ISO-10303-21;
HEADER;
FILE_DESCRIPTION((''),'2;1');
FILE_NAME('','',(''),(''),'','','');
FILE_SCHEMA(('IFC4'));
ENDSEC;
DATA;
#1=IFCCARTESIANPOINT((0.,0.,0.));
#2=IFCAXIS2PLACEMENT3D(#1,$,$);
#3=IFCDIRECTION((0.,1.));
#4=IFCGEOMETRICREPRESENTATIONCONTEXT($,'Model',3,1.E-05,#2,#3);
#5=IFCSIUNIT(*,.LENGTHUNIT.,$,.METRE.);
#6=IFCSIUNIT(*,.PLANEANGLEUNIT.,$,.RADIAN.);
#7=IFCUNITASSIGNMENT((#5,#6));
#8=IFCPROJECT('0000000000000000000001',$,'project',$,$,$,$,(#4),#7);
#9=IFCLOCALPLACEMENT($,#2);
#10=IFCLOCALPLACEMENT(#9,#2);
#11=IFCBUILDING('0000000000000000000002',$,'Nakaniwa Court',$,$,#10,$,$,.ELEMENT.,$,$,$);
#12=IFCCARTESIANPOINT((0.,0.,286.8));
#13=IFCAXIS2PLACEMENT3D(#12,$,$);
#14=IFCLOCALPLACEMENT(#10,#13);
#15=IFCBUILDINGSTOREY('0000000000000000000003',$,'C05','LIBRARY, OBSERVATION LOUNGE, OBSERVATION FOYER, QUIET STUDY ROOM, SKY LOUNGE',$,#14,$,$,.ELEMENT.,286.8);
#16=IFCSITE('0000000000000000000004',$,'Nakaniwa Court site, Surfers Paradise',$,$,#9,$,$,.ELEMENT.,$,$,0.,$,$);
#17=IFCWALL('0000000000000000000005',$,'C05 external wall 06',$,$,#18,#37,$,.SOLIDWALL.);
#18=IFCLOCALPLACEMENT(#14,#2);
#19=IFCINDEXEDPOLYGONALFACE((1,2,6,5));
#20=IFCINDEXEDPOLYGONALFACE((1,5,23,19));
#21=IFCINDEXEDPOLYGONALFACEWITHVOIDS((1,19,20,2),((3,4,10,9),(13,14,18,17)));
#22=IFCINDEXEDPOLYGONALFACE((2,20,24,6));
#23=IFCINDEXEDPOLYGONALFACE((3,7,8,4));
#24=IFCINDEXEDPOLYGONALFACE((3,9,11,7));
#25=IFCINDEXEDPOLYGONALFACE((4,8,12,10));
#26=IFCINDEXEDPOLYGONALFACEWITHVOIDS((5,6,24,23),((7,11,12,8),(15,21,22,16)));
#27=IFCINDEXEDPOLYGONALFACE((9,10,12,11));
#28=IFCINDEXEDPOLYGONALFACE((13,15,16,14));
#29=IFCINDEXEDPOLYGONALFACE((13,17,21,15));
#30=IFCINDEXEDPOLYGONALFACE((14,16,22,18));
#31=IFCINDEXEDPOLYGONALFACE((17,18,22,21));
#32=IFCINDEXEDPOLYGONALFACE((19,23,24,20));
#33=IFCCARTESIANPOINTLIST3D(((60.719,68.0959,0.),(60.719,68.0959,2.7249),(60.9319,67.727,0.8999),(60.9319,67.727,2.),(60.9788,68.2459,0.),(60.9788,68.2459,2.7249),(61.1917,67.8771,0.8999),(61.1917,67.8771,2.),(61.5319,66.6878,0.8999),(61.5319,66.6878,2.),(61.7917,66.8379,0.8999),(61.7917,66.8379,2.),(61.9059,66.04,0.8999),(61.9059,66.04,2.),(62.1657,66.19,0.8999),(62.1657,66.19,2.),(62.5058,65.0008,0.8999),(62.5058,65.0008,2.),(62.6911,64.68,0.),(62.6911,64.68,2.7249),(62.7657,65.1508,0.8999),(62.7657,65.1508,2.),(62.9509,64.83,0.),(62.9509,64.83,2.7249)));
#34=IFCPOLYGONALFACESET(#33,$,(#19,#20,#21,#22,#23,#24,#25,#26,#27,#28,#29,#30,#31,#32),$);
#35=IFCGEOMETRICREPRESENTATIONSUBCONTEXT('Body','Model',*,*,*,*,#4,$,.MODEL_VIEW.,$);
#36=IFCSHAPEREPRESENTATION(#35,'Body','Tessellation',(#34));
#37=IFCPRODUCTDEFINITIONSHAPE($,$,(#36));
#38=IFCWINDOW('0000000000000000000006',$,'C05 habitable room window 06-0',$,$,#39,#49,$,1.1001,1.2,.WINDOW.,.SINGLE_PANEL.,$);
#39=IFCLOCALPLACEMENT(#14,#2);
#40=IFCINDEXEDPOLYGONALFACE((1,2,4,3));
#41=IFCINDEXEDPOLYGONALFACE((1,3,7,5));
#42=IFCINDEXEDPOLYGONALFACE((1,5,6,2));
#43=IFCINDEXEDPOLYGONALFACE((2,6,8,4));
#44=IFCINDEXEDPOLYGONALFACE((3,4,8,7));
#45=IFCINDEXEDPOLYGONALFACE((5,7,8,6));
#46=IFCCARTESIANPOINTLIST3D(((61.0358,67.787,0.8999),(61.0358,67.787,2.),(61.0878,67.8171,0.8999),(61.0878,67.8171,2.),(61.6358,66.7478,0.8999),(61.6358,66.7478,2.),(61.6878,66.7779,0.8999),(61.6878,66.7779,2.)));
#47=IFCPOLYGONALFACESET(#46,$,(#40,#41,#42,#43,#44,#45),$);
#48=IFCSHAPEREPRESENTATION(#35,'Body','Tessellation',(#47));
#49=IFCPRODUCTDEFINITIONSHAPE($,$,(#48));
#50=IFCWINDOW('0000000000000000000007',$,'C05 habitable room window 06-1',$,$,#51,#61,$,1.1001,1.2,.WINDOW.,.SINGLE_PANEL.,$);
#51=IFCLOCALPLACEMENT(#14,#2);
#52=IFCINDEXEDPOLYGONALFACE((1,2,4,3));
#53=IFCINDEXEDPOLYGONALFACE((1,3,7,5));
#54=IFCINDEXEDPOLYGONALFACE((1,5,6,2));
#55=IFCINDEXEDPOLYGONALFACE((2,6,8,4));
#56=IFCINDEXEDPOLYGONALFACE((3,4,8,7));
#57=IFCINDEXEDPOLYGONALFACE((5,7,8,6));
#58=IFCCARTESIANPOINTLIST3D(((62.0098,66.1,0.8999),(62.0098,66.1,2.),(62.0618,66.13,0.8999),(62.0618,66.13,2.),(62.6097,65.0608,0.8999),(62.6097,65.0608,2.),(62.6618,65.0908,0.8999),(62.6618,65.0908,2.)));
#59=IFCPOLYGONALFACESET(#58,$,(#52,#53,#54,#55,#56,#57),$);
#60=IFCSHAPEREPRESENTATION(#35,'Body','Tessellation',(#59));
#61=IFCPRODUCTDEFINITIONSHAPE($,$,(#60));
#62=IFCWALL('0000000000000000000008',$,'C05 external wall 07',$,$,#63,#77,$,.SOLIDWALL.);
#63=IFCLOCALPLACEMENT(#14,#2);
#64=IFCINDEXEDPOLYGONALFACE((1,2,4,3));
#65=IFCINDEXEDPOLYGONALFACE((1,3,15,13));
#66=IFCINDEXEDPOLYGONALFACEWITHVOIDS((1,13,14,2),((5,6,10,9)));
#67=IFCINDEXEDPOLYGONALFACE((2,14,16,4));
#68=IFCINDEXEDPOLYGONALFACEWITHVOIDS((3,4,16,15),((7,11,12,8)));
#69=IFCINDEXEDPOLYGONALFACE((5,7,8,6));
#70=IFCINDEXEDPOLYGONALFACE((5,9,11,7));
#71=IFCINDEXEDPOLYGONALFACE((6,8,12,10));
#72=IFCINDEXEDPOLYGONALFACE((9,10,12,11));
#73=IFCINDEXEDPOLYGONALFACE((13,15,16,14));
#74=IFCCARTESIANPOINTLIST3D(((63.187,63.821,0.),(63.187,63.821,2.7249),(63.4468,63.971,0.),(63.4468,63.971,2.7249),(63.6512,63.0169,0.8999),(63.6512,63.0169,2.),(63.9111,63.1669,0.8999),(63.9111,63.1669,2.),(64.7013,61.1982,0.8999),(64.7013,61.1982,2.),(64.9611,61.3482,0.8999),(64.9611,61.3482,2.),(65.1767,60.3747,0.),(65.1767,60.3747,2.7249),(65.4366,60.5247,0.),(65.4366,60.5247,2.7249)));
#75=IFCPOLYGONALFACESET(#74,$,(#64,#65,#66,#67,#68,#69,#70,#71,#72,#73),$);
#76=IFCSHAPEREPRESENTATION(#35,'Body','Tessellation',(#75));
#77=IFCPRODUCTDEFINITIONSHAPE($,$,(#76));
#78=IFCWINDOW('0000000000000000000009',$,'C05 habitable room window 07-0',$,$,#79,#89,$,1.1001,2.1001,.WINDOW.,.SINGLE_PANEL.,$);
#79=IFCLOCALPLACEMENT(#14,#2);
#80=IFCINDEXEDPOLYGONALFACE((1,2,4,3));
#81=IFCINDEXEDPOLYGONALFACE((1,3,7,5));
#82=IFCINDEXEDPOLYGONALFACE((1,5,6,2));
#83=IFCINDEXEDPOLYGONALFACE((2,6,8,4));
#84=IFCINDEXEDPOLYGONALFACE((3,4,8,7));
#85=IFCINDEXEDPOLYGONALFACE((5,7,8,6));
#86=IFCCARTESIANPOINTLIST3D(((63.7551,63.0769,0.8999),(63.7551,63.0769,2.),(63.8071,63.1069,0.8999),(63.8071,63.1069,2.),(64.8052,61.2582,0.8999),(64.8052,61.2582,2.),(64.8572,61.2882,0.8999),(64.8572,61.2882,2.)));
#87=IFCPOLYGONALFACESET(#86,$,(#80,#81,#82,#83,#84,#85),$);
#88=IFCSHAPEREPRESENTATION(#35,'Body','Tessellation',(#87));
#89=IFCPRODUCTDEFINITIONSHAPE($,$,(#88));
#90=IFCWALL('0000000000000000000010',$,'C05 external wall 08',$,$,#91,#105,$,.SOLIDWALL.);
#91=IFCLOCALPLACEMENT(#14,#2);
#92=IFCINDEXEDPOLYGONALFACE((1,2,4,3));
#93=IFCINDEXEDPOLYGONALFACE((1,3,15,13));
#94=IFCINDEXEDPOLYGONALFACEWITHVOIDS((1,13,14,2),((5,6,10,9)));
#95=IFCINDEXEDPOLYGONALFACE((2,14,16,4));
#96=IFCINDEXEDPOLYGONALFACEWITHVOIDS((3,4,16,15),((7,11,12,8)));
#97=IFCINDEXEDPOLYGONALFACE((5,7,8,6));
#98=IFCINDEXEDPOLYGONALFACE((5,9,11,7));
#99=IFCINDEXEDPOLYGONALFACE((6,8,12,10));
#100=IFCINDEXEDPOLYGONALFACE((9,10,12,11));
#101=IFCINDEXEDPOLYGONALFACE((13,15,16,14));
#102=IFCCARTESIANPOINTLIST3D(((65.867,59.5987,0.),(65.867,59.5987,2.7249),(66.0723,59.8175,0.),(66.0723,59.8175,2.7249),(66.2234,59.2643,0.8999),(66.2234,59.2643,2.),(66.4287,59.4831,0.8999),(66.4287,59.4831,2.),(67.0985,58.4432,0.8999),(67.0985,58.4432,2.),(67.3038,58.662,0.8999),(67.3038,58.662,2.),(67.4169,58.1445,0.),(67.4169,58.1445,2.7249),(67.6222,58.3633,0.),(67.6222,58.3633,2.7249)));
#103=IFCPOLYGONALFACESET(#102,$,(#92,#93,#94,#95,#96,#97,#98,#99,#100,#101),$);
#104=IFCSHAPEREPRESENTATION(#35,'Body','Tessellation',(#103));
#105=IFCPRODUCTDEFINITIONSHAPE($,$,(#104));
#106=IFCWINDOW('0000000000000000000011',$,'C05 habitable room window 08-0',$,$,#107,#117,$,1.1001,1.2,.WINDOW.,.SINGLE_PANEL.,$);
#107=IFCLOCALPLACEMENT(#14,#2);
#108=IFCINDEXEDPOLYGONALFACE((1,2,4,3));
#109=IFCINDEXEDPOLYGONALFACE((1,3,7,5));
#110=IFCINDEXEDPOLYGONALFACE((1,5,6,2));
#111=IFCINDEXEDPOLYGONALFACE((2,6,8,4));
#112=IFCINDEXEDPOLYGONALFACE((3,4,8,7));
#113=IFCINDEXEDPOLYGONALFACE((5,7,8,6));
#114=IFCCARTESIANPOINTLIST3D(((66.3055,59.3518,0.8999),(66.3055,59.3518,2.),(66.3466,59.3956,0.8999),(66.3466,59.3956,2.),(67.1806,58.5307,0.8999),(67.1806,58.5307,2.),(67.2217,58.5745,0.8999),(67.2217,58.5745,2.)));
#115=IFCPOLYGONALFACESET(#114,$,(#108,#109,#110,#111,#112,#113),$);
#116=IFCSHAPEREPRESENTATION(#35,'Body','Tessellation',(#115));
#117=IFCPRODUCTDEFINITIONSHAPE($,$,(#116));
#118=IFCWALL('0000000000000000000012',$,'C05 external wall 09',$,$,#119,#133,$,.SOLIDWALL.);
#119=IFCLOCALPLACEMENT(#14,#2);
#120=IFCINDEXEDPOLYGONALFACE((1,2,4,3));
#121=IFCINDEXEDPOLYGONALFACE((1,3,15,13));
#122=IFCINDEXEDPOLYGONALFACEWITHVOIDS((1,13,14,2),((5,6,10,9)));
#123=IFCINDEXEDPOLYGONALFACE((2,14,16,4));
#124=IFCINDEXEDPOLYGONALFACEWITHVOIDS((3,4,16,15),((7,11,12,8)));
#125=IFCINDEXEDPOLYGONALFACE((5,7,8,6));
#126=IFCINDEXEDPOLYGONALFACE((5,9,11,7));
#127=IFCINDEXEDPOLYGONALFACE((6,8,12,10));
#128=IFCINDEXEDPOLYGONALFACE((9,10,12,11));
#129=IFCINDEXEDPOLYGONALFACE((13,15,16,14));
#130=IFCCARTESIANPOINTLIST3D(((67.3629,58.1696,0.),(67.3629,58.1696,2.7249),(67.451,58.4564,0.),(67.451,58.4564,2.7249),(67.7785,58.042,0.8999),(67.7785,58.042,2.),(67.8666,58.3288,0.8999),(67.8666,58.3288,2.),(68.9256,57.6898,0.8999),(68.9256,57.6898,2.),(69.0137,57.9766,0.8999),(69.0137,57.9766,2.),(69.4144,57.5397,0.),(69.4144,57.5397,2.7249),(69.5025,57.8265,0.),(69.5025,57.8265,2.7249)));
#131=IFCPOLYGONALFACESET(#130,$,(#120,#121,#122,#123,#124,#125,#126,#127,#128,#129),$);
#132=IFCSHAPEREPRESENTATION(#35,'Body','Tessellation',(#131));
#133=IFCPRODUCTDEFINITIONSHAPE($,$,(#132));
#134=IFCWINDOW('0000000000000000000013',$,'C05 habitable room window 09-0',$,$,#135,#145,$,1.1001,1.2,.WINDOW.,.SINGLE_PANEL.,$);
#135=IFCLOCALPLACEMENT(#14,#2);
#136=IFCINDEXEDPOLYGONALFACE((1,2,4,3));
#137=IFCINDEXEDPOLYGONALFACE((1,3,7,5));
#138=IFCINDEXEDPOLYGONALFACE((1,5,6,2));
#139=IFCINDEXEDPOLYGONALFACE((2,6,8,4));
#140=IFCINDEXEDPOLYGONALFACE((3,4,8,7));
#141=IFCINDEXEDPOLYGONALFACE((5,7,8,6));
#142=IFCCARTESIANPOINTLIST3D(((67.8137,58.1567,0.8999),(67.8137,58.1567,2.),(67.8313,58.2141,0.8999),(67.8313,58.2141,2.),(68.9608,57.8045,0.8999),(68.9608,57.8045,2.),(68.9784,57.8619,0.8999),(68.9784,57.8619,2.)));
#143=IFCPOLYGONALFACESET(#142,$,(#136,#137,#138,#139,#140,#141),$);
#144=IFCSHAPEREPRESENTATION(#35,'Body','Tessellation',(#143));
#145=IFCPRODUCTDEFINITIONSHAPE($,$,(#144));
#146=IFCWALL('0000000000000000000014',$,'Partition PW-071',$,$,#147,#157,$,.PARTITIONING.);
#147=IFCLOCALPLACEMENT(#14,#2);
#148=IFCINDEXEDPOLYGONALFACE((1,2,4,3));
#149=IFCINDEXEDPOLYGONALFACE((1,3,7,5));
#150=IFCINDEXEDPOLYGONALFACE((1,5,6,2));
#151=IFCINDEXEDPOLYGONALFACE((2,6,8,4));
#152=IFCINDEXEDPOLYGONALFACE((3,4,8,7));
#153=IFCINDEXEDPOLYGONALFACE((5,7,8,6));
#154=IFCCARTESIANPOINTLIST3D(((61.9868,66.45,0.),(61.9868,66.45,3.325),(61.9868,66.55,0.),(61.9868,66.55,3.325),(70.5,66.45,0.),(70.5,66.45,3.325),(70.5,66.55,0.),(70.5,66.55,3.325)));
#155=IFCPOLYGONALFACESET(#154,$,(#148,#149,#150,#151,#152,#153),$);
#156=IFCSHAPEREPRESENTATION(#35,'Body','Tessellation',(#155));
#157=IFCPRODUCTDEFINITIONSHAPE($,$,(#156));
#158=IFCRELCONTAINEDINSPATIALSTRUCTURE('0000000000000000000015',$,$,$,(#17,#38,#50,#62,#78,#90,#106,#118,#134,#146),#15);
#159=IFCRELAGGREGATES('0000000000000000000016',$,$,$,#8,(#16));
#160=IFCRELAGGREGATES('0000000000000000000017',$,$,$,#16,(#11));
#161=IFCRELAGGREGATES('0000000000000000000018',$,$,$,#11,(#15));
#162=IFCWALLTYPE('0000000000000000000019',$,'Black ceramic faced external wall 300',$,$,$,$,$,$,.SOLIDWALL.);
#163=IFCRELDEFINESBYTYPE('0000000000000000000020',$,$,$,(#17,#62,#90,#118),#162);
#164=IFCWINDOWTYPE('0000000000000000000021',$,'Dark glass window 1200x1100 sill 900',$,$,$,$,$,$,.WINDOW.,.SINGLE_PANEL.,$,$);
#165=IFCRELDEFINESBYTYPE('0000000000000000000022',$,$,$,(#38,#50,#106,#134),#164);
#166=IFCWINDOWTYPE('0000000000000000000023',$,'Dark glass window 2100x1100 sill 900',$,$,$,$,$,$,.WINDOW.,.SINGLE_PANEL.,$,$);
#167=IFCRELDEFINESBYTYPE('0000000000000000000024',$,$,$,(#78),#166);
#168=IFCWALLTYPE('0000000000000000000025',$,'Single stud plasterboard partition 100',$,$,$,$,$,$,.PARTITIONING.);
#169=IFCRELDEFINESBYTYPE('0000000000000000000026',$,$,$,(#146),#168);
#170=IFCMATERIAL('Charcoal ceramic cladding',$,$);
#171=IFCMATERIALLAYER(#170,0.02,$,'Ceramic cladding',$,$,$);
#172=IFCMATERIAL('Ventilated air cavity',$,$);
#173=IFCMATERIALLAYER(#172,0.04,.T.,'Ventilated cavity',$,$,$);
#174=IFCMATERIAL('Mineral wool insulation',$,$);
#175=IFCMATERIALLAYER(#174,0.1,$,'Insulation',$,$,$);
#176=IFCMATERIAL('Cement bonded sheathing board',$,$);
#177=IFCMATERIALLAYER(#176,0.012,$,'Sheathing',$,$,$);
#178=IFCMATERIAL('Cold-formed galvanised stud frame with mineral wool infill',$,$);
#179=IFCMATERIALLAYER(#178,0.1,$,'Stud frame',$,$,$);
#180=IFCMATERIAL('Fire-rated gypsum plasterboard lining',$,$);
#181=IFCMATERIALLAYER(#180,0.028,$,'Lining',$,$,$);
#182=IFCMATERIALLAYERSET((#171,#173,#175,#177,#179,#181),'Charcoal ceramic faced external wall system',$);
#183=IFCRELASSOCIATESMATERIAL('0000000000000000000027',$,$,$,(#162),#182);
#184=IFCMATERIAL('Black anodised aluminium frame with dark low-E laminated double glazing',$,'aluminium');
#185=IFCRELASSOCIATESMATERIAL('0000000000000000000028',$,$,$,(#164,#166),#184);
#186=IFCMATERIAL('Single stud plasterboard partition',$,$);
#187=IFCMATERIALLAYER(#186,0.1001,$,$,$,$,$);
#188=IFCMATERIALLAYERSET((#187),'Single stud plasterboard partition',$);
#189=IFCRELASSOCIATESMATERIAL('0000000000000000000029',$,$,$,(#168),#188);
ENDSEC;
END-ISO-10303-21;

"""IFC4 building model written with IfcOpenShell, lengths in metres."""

from ifc_helpers import new_model, si_unit, direction, frame, frame_2d, origin, place, context, subcontext, project, spatial, rectangle, extrude, material, layer, layer_set, type_object, element, fill, save


model = new_model("IFC4")

# Units and contexts
model_context = context("Model", 3, precision=1e-05, world=origin(), true_north=direction((0.0, 1.0)))
body_context = subcontext(model_context, "Body", "Model", "MODEL_VIEW")
ifc_project = project(units=[si_unit("LENGTHUNIT", "METRE"), si_unit("PLANEANGLEUNIT", "RADIAN")], contexts=[model_context])

# Site, building, storey
site_placement = place(None, origin())
site = spatial("IfcSite", under=ifc_project, at=site_placement, Name="Nakaniwa Court site, Surfers Paradise", CompositionType="ELEMENT", RefElevation=0.0)
building_placement = place(site_placement, origin())
building = spatial("IfcBuilding", under=site, at=building_placement, Name="Nakaniwa Court", CompositionType="ELEMENT")
storey_placement = place(building_placement, frame((0.0, 0.0, 286.8)))
storey = spatial("IfcBuildingStorey", under=building, at=storey_placement, Name="C05", Description="LIBRARY, OBSERVATION LOUNGE, OBSERVATION FOYER, QUIET STUDY ROOM, SKY LOUNGE", CompositionType="ELEMENT", Elevation=286.8)

# Wall, openings, windows
ifc_material_1 = material(Name="Charcoal ceramic cladding")
ifc_layer_1 = layer(ifc_material_1, 0.02, Name="Ceramic cladding")
ifc_material_2 = material(Name="Ventilated air cavity")
ifc_layer_2 = layer(ifc_material_2, 0.04, ventilated=True, Name="Ventilated cavity")
ifc_material_3 = material(Name="Mineral wool insulation")
ifc_layer_3 = layer(ifc_material_3, 0.1, Name="Insulation")
ifc_material_4 = material(Name="Cement bonded sheathing board")
ifc_layer_4 = layer(ifc_material_4, 0.012, Name="Sheathing")
ifc_material_5 = material(Name="Cold-formed galvanised stud frame with mineral wool infill")
ifc_layer_5 = layer(ifc_material_5, 0.1, Name="Stud frame")
ifc_material_6 = material(Name="Fire-rated gypsum plasterboard lining")
ifc_layer_6 = layer(ifc_material_6, 0.028, Name="Lining")
ifc_layer_set_1 = layer_set([ifc_layer_1, ifc_layer_2, ifc_layer_3, ifc_layer_4, ifc_layer_5, ifc_layer_6], Name="Charcoal ceramic faced external wall system")
wall_type_1 = type_object("IfcWallType", Name="Black ceramic faced external wall 300", PredefinedType="SOLIDWALL", material=ifc_layer_set_1)
wall_1_placement = place(storey_placement, frame((60.8489, 68.1709, 0.0), z_axis=(0.0, 0.0, 1.0), x_axis=(0.499987, -0.866033, 0.0)))
wall_1 = element("IfcWall", 1, at=wall_1_placement, inside=storey, type_object=wall_type_1, Name="C05 external wall 06", PredefinedType="SOLIDWALL", context=body_context, shape_type="SweptSolid", body=[
    extrude(rectangle(XDim=3.9443, YDim=0.3, at=frame_2d((1.9722, 0.0))), origin(), (0.0, 0.0, 1.0), 2.7249),
])
opening_1_placement = place(wall_1_placement, frame((0.4258, 0.0, 0.8999)))
opening_1 = element("IfcOpeningElement", 2, at=opening_1_placement, cuts=wall_1, PredefinedType="OPENING", context=body_context, shape_type="SweptSolid", body=[
    extrude(rectangle(XDim=1.2, YDim=1.1001, at=frame_2d((0.6001, 0.55))), frame((0.0, 0.1599, 0.0), z_axis=(0.0, -1.0, 0.0), x_axis=(1.0, 0.0, 0.0)), (0.0, 0.0, 1.0), 0.3201),
])
opening_2_placement = place(wall_1_placement, frame((2.3738, 0.0, 0.8999)))
opening_2 = element("IfcOpeningElement", 3, at=opening_2_placement, cuts=wall_1, PredefinedType="OPENING", context=body_context, shape_type="SweptSolid", body=[
    extrude(rectangle(XDim=1.2, YDim=1.1001, at=frame_2d((0.6001, 0.55))), frame((0.0, 0.1599, 0.0), z_axis=(0.0, -1.0, 0.0), x_axis=(1.0, 0.0, 0.0)), (0.0, 0.0, 1.0), 0.3201),
])
ifc_material_7 = material(Name="Black anodised aluminium frame with dark low-E laminated double glazing", Category="aluminium")
window_type_1 = type_object("IfcWindowType", Name="Dark glass window 1200x1100 sill 900", PartitioningType="SINGLE_PANEL", PredefinedType="WINDOW", material=ifc_material_7)
window_1_placement = place(opening_1_placement, origin())
window_1 = element("IfcWindow", 4, at=window_1_placement, inside=storey, type_object=window_type_1, Name="C05 habitable room window 06-0", OverallHeight=1.1001, OverallWidth=1.2, PartitioningType="SINGLE_PANEL", PredefinedType="WINDOW", context=body_context, shape_type="SweptSolid", body=[
    extrude(rectangle(XDim=1.2, YDim=1.1001, at=frame_2d((0.6001, 0.55))), frame((0.0, 0.03, 0.0), z_axis=(0.0, -1.0, 0.0), x_axis=(1.0, 0.0, 0.0)), (0.0, 0.0, 1.0), 0.0601),
])
fill(opening_1, window_1)
window_2_placement = place(opening_2_placement, origin())
window_2 = element("IfcWindow", 5, at=window_2_placement, inside=storey, type_object=window_type_1, Name="C05 habitable room window 06-1", OverallHeight=1.1001, OverallWidth=1.2, PartitioningType="SINGLE_PANEL", PredefinedType="WINDOW", context=body_context, shape_type="SweptSolid", body=[
    extrude(rectangle(XDim=1.2, YDim=1.1001, at=frame_2d((0.6001, 0.55))), frame((0.0, 0.03, 0.0), z_axis=(0.0, -1.0, 0.0), x_axis=(1.0, 0.0, 0.0)), (0.0, 0.0, 1.0), 0.0601),
])
fill(opening_2, window_2)

# Walls, openings, windows
wall_2_placement = place(storey_placement, frame((63.3169, 63.896, 0.0), z_axis=(0.0, 0.0, 1.0), x_axis=(0.500006, -0.866022, 0.0)))
wall_2 = element("IfcWall", 6, at=wall_2_placement, inside=storey, type_object=wall_type_1, Name="C05 external wall 07", PredefinedType="SOLIDWALL", context=body_context, shape_type="SweptSolid", body=[
    extrude(rectangle(XDim=3.9795, YDim=0.3, at=frame_2d((1.9897, 0.0))), origin(), (0.0, 0.0, 1.0), 2.7249),
])
opening_3_placement = place(wall_2_placement, frame((0.9285, 0.0, 0.8999)))
opening_3 = element("IfcOpeningElement", 7, at=opening_3_placement, cuts=wall_2, PredefinedType="OPENING", context=body_context, shape_type="SweptSolid", body=[
    extrude(rectangle(XDim=2.1001, YDim=1.1001, at=frame_2d((1.05, 0.55))), frame((0.0, 0.1599, 0.0), z_axis=(0.0, -1.0, 0.0), x_axis=(1.0, 0.0, 0.0)), (0.0, 0.0, 1.0), 0.3201),
])
window_type_2 = type_object("IfcWindowType", Name="Dark glass window 2100x1100 sill 900", PartitioningType="SINGLE_PANEL", PredefinedType="WINDOW", material=ifc_material_7)
window_3_placement = place(opening_3_placement, origin())
window_3 = element("IfcWindow", 8, at=window_3_placement, inside=storey, type_object=window_type_2, Name="C05 habitable room window 07-0", OverallHeight=1.1001, OverallWidth=2.1001, PartitioningType="SINGLE_PANEL", PredefinedType="WINDOW", context=body_context, shape_type="SweptSolid", body=[
    extrude(rectangle(XDim=2.1001, YDim=1.1001, at=frame_2d((1.05, 0.55))), frame((0.0, 0.03, 0.0), z_axis=(0.0, -1.0, 0.0), x_axis=(1.0, 0.0, 0.0)), (0.0, 0.0, 1.0), 0.0601),
])
fill(opening_3, window_3)
wall_3_placement = place(storey_placement, frame((65.9697, 59.708, 0.0), z_axis=(0.0, 0.0, 1.0), x_axis=(0.729265, -0.684232, 0.0)))
wall_3 = element("IfcWall", 9, at=wall_3_placement, inside=storey, type_object=wall_type_1, Name="C05 external wall 08", PredefinedType="SOLIDWALL", context=body_context, shape_type="SweptSolid", body=[
    extrude(rectangle(XDim=2.1252, YDim=0.3, at=frame_2d((1.0625, 0.0))), origin(), (0.0, 0.0, 1.0), 2.7249),
])
opening_4_placement = place(wall_3_placement, frame((0.4885, 0.0, 0.8999)))
opening_4 = element("IfcOpeningElement", 10, at=opening_4_placement, cuts=wall_3, PredefinedType="OPENING", context=body_context, shape_type="SweptSolid", body=[
    extrude(rectangle(XDim=1.2, YDim=1.1001, at=frame_2d((0.6001, 0.55))), frame((0.0, 0.1599, 0.0), z_axis=(0.0, -1.0, 0.0), x_axis=(1.0, 0.0, 0.0)), (0.0, 0.0, 1.0), 0.3201),
])
window_4_placement = place(opening_4_placement, origin())
window_4 = element("IfcWindow", 11, at=window_4_placement, inside=storey, type_object=window_type_1, Name="C05 habitable room window 08-0", OverallHeight=1.1001, OverallWidth=1.2, PartitioningType="SINGLE_PANEL", PredefinedType="WINDOW", context=body_context, shape_type="SweptSolid", body=[
    extrude(rectangle(XDim=1.2, YDim=1.1001, at=frame_2d((0.6001, 0.55))), frame((0.0, 0.03, 0.0), z_axis=(0.0, -1.0, 0.0), x_axis=(1.0, 0.0, 0.0)), (0.0, 0.0, 1.0), 0.0601),
])
fill(opening_4, window_4)
wall_4_placement = place(storey_placement, frame((67.407, 58.313, 0.0), z_axis=(0.0, 0.0, 1.0), x_axis=(0.955956, -0.29351, 0.0)))
wall_4 = element("IfcWall", 12, at=wall_4_placement, inside=storey, type_object=wall_type_1, Name="C05 external wall 09", PredefinedType="SOLIDWALL", context=body_context, shape_type="SweptSolid", body=[
    extrude(rectangle(XDim=2.146, YDim=0.3, at=frame_2d((1.073, 0.0))), origin(), (0.0, 0.0, 1.0), 2.7249),
])
opening_5_placement = place(wall_4_placement, frame((0.4346, 0.0, 0.8999)))
opening_5 = element("IfcOpeningElement", 13, at=opening_5_placement, cuts=wall_4, PredefinedType="OPENING", context=body_context, shape_type="SweptSolid", body=[
    extrude(rectangle(XDim=1.2, YDim=1.1001, at=frame_2d((0.6001, 0.55))), frame((0.0, 0.1599, 0.0), z_axis=(0.0, -1.0, 0.0), x_axis=(1.0, 0.0, 0.0)), (0.0, 0.0, 1.0), 0.3201),
])
window_5_placement = place(opening_5_placement, origin())
window_5 = element("IfcWindow", 14, at=window_5_placement, inside=storey, type_object=window_type_1, Name="C05 habitable room window 09-0", OverallHeight=1.1001, OverallWidth=1.2, PartitioningType="SINGLE_PANEL", PredefinedType="WINDOW", context=body_context, shape_type="SweptSolid", body=[
    extrude(rectangle(XDim=1.2, YDim=1.1001, at=frame_2d((0.6001, 0.55))), frame((0.0, 0.03, 0.0), z_axis=(0.0, -1.0, 0.0), x_axis=(1.0, 0.0, 0.0)), (0.0, 0.0, 1.0), 0.0601),
])
fill(opening_5, window_5)

# Wall
ifc_material_8 = material(Name="Single stud plasterboard partition")
ifc_layer_7 = layer(ifc_material_8, 0.1001)
ifc_layer_set_2 = layer_set([ifc_layer_7], Name="Single stud plasterboard partition")
wall_type_2 = type_object("IfcWallType", Name="Single stud plasterboard partition 100", PredefinedType="PARTITIONING", material=ifc_layer_set_2)
wall_5_placement = place(storey_placement, frame((61.9868, 66.5, 0.0), z_axis=(0.0, 0.0, 1.0), x_axis=(1.0, 0.0, 0.0)))
element("IfcWall", 15, at=wall_5_placement, inside=storey, type_object=wall_type_2, Name="Partition PW-071", PredefinedType="PARTITIONING", context=body_context, shape_type="SweptSolid", body=[
    extrude(rectangle(XDim=8.5132, YDim=0.1001, at=frame_2d((4.2566, 0.0))), origin(), (0.0, 0.0, 1.0), 3.325),
])

save(model, "model.ifc")
